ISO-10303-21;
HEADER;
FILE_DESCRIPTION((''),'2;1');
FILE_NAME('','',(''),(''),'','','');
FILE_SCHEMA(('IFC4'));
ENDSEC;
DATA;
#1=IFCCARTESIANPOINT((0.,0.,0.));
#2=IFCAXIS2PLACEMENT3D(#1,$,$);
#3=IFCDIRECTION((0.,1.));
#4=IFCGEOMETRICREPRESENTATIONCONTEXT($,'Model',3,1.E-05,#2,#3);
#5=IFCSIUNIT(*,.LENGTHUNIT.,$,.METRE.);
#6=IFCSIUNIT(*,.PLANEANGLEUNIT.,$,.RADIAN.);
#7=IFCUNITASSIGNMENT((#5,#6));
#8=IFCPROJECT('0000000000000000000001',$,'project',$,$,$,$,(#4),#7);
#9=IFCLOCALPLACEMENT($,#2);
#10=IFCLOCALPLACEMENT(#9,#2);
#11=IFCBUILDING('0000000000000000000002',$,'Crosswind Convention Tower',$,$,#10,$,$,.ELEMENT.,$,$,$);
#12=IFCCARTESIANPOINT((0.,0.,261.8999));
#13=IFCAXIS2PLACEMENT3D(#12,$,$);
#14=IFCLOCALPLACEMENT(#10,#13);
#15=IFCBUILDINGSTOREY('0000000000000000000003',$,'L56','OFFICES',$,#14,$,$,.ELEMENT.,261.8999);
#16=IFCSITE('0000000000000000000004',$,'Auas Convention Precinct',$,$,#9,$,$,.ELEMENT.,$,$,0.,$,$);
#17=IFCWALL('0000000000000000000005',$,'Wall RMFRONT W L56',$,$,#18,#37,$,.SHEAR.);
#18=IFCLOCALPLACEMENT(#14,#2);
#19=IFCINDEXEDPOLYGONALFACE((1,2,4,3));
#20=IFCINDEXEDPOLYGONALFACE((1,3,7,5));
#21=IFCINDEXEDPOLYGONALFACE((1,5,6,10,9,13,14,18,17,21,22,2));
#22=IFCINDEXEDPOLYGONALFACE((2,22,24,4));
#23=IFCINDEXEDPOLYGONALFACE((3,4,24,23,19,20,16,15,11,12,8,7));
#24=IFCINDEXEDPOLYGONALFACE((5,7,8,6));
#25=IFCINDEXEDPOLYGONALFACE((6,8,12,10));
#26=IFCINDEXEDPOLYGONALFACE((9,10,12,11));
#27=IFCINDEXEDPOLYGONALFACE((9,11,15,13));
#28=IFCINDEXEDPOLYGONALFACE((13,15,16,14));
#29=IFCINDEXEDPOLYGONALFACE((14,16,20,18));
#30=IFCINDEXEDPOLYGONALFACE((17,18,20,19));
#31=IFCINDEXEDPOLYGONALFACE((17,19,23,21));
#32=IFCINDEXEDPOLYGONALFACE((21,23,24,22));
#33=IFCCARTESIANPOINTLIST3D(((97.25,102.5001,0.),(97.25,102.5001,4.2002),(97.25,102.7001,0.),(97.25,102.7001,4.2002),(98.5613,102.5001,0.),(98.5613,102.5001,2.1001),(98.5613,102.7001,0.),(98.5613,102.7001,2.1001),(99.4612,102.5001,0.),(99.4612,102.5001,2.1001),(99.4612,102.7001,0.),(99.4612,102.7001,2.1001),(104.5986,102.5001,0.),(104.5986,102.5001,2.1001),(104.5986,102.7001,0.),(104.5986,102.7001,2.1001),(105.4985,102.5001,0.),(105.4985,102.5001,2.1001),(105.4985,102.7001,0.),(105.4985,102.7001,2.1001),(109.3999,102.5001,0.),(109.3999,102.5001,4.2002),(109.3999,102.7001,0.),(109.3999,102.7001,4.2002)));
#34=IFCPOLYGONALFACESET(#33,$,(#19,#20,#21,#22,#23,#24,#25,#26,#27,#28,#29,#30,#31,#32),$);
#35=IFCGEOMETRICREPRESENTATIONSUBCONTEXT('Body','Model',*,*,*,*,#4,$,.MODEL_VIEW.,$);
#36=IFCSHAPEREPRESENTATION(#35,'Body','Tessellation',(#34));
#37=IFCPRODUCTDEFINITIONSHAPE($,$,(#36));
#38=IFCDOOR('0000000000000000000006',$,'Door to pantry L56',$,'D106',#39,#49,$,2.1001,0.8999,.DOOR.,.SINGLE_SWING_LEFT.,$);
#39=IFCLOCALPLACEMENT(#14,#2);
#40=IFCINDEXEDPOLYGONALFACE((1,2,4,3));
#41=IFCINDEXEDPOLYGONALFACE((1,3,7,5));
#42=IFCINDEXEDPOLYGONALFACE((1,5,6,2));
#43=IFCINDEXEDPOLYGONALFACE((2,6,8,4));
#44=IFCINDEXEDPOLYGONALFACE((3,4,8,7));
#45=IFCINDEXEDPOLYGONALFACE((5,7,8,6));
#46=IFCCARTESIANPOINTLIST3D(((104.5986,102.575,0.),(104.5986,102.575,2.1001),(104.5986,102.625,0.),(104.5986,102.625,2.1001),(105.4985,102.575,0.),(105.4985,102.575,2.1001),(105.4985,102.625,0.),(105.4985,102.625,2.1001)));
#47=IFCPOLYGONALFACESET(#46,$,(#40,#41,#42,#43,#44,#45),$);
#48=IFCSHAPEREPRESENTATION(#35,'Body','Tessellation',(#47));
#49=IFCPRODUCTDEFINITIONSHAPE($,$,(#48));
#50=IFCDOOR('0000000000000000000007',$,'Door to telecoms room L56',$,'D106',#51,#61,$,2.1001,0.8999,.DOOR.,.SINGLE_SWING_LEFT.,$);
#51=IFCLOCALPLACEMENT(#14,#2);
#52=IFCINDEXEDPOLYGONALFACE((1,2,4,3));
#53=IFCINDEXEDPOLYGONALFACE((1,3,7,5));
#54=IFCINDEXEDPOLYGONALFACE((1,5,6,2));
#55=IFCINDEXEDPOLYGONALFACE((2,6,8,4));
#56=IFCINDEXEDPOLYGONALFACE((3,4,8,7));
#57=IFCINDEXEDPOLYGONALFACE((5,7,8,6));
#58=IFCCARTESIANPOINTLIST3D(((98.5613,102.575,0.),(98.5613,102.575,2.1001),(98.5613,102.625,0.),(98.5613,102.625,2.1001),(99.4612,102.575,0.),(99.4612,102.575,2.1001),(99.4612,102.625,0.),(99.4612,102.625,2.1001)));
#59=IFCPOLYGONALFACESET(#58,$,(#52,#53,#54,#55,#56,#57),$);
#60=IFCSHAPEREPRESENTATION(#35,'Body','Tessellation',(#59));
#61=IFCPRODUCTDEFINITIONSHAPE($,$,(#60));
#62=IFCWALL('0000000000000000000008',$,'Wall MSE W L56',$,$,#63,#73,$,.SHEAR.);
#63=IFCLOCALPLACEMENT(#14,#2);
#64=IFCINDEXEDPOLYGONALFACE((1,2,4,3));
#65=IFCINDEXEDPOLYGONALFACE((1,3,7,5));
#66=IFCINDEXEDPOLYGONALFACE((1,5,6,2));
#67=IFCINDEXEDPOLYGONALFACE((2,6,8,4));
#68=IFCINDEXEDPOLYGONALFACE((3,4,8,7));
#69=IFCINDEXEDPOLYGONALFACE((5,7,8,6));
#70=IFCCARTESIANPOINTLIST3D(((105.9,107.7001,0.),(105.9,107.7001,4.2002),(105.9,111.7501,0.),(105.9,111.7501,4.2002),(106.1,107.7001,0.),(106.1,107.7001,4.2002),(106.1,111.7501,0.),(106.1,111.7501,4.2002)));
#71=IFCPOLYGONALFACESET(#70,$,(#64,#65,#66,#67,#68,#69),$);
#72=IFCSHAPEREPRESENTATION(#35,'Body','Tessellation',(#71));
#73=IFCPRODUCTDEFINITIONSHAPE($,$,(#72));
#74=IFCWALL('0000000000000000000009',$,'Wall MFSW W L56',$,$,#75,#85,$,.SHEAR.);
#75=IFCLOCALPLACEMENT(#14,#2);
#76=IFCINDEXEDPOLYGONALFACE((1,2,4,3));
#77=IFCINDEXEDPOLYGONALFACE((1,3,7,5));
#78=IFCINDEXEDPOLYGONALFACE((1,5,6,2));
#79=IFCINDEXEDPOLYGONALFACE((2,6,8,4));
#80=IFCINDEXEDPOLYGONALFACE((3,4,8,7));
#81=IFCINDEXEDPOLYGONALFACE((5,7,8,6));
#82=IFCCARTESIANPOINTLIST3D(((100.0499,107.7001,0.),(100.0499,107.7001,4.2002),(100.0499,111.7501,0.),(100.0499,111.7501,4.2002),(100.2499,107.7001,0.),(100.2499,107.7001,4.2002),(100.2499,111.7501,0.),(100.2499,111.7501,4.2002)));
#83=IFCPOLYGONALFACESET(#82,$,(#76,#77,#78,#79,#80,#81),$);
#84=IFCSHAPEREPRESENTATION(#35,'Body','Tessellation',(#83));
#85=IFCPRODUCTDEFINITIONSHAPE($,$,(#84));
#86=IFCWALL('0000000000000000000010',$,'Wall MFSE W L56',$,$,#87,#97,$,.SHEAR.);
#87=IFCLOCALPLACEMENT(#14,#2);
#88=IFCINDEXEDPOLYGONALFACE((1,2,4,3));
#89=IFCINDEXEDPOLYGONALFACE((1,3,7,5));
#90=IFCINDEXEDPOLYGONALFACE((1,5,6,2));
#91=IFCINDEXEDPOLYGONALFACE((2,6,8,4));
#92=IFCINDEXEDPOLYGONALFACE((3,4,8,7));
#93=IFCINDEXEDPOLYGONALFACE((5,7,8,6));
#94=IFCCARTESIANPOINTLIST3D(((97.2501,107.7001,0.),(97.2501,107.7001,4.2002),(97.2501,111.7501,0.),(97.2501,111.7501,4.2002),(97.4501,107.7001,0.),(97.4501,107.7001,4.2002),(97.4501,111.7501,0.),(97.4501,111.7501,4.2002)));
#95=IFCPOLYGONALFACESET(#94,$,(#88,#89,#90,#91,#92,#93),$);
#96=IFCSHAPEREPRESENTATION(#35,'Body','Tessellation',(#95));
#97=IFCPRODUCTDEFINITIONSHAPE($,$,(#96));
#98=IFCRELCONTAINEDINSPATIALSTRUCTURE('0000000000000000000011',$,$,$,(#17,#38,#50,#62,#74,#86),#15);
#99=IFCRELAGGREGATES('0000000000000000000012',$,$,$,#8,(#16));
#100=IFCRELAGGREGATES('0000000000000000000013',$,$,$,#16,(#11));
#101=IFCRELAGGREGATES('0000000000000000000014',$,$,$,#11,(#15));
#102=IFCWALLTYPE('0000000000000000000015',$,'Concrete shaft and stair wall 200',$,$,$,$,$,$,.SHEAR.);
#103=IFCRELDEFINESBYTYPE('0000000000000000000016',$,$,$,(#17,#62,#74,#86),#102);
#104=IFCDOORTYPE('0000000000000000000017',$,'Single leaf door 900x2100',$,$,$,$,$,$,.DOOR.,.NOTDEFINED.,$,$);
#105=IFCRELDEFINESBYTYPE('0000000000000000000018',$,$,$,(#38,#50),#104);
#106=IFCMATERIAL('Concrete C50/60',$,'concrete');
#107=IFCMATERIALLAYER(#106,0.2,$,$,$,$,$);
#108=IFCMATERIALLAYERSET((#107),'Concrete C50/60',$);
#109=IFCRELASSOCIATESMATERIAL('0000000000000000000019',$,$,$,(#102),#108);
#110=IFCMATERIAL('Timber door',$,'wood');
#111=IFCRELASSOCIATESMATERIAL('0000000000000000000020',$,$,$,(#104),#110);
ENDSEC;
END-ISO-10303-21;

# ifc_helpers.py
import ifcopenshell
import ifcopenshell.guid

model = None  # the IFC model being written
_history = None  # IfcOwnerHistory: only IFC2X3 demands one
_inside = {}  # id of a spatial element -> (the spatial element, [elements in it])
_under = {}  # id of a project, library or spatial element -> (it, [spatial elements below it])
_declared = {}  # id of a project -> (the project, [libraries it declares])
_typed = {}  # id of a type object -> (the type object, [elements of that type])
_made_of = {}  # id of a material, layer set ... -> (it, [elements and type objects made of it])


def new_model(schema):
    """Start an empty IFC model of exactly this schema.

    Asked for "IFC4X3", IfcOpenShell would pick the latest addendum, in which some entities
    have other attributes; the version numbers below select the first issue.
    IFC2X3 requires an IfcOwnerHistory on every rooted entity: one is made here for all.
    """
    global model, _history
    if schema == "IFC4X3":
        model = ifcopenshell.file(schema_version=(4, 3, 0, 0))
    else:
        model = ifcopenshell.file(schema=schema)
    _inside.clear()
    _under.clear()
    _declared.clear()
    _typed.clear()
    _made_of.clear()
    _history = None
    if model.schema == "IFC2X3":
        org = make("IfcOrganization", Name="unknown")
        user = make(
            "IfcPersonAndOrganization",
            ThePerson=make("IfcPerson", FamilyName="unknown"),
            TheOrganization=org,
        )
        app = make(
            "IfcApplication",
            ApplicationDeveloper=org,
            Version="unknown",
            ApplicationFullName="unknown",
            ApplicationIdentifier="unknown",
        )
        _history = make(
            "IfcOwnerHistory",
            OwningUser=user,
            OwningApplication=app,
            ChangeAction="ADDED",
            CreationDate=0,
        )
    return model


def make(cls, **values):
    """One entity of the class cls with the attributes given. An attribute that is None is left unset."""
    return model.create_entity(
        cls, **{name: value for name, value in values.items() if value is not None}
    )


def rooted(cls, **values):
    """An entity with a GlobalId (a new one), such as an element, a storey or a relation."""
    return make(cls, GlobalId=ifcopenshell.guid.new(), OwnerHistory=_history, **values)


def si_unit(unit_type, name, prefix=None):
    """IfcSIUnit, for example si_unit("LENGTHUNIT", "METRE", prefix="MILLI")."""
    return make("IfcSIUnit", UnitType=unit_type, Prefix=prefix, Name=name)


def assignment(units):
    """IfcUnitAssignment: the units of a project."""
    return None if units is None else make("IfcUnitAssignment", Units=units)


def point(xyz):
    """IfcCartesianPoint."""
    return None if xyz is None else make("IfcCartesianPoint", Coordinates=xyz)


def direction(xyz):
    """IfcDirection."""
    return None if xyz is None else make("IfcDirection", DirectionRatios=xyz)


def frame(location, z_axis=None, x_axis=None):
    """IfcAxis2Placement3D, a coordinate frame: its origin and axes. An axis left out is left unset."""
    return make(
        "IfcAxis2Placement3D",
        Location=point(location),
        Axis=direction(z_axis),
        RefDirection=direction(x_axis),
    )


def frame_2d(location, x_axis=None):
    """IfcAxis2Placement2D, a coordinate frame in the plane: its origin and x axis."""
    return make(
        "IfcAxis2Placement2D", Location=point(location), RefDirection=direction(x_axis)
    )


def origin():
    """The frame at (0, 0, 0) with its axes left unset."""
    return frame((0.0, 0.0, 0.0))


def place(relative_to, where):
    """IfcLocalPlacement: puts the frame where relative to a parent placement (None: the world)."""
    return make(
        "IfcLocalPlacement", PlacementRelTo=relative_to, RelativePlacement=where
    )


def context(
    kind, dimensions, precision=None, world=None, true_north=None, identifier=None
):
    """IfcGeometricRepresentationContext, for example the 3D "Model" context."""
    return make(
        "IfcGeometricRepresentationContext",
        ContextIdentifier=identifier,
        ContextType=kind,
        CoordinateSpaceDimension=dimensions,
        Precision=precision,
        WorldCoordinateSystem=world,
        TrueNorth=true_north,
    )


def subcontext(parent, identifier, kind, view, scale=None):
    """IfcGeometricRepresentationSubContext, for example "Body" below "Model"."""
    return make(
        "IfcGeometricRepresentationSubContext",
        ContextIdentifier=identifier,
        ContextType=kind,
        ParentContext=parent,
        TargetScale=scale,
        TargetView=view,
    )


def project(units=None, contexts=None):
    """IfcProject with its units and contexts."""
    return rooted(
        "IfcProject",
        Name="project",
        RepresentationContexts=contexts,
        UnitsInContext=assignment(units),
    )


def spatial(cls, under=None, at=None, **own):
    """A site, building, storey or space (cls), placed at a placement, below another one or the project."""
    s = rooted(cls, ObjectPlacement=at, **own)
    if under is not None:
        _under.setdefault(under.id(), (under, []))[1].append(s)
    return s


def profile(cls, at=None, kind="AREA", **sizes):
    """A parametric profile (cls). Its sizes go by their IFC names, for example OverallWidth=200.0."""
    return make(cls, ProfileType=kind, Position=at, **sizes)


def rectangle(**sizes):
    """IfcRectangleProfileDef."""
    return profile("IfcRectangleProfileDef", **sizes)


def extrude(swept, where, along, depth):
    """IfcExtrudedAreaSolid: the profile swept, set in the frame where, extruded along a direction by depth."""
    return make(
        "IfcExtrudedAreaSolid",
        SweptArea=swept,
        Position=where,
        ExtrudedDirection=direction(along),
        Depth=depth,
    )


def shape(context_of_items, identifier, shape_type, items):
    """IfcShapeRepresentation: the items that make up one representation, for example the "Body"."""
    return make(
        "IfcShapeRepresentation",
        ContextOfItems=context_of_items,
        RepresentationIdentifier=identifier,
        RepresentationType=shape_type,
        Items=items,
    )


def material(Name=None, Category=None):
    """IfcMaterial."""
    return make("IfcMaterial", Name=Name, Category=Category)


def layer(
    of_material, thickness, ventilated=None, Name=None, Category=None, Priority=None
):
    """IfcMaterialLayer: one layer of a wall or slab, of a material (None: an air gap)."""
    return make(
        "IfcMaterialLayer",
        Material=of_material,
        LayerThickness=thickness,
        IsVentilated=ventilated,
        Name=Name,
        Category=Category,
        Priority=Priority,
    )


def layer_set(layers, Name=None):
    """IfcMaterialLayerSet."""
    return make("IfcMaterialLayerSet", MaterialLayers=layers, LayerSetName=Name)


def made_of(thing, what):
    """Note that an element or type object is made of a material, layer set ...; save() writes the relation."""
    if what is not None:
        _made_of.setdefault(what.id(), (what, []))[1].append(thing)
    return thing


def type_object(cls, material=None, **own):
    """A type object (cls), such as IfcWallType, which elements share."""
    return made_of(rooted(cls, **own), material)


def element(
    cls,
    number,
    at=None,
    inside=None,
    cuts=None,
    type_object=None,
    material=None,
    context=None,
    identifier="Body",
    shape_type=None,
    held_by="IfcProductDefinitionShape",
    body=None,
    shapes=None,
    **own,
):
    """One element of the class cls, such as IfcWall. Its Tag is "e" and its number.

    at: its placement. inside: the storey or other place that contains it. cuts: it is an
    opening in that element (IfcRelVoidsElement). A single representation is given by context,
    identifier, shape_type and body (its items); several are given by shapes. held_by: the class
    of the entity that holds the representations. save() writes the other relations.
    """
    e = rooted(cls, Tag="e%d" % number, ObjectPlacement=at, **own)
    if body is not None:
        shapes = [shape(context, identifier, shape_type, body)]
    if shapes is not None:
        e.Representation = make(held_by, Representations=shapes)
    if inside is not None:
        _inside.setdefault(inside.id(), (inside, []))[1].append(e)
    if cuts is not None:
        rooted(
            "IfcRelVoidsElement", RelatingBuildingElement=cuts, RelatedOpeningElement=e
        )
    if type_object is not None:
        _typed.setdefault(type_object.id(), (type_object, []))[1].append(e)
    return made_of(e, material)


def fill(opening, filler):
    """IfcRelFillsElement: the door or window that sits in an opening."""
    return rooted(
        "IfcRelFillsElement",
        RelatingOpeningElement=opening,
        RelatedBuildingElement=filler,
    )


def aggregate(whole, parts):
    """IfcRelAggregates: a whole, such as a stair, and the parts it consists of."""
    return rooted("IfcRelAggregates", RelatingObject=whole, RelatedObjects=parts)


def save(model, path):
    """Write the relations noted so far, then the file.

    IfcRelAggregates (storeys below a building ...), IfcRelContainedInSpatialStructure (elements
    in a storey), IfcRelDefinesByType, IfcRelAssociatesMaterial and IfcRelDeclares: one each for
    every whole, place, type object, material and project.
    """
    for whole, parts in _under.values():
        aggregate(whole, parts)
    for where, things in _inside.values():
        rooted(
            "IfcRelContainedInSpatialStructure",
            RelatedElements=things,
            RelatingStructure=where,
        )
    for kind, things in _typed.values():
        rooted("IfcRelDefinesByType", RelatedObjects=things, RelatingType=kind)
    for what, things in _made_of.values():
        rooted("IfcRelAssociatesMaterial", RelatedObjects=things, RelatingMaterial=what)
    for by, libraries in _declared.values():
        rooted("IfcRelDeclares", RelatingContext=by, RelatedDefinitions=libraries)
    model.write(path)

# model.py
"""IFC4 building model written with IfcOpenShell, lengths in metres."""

from ifc_helpers import new_model, si_unit, direction, frame, frame_2d, origin, place, context, subcontext, project, spatial, rectangle, extrude, material, layer, layer_set, type_object, element, fill, save


model = new_model("IFC4")

# Units and contexts
model_context = context("Model", 3, precision=1e-05, world=origin(), true_north=direction((0.0, 1.0)))
body_context = subcontext(model_context, "Body", "Model", "MODEL_VIEW")
ifc_project = project(units=[si_unit("LENGTHUNIT", "METRE"), si_unit("PLANEANGLEUNIT", "RADIAN")], contexts=[model_context])

# Site, building, storey
site_placement = place(None, origin())
site = spatial("IfcSite", under=ifc_project, at=site_placement, Name="Auas Convention Precinct", CompositionType="ELEMENT", RefElevation=0.0)
building_placement = place(site_placement, origin())
building = spatial("IfcBuilding", under=site, at=building_placement, Name="Crosswind Convention Tower", CompositionType="ELEMENT")
storey_placement = place(building_placement, frame((0.0, 0.0, 261.8999)))
storey = spatial("IfcBuildingStorey", under=building, at=storey_placement, Name="L56", Description="OFFICES", CompositionType="ELEMENT", Elevation=261.8999)

# Shared definitions
ifc_material_1 = material(Name="Concrete C50/60", Category="concrete")
ifc_layer_1 = layer(ifc_material_1, 0.2)
ifc_layer_set_1 = layer_set([ifc_layer_1], Name="Concrete C50/60")
wall_type_1 = type_object("IfcWallType", Name="Concrete shaft and stair wall 200", PredefinedType="SHEAR", material=ifc_layer_set_1)

# Wall, openings, doors
wall_1_placement = place(storey_placement, frame((109.3999, 102.6001, 0.0), z_axis=(0.0, 0.0, 1.0), x_axis=(-1.0, 0.0, 0.0)))
wall_1 = element("IfcWall", 1, at=wall_1_placement, inside=storey, type_object=wall_type_1, Name="Wall RMFRONT W L56", PredefinedType="SHEAR", context=body_context, shape_type="SweptSolid", body=[
    extrude(rectangle(XDim=12.1499, YDim=0.2, at=frame_2d((6.075, 0.0))), origin(), (0.0, 0.0, 1.0), 4.2002),
])
opening_1_placement = place(wall_1_placement, frame((3.9014, 0.0, 0.0)))
opening_1 = element("IfcOpeningElement", 2, at=opening_1_placement, cuts=wall_1, PredefinedType="OPENING", context=body_context, shape_type="SweptSolid", body=[
    extrude(rectangle(XDim=0.8999, YDim=2.1001, at=frame_2d((0.45, 1.05))), frame((0.0, 0.1099, 0.0), z_axis=(0.0, -1.0, 0.0), x_axis=(1.0, 0.0, 0.0)), (0.0, 0.0, 1.0), 0.22),
])
opening_2_placement = place(wall_1_placement, frame((9.9387, 0.0, 0.0)))
opening_2 = element("IfcOpeningElement", 3, at=opening_2_placement, cuts=wall_1, PredefinedType="OPENING", context=body_context, shape_type="SweptSolid", body=[
    extrude(rectangle(XDim=0.8999, YDim=2.1001, at=frame_2d((0.45, 1.05))), frame((0.0, 0.1099, 0.0), z_axis=(0.0, -1.0, 0.0), x_axis=(1.0, 0.0, 0.0)), (0.0, 0.0, 1.0), 0.22),
])
ifc_material_2 = material(Name="Timber door", Category="wood")
door_type_1 = type_object("IfcDoorType", Name="Single leaf door 900x2100", OperationType="NOTDEFINED", PredefinedType="DOOR", material=ifc_material_2)
door_1_placement = place(opening_1_placement, frame((0.8999, 0.0, 0.0), z_axis=(0.0, 0.0, 1.0), x_axis=(-1.0, 0.0, 0.0)))
door_1 = element("IfcDoor", 4, at=door_1_placement, inside=storey, type_object=door_type_1, Name="Door to pantry L56", ObjectType="D106", OperationType="SINGLE_SWING_LEFT", OverallHeight=2.1001, OverallWidth=0.8999, PredefinedType="DOOR", context=body_context, shape_type="SweptSolid", body=[
    extrude(rectangle(XDim=0.8999, YDim=2.1001, at=frame_2d((0.45, 1.05))), frame((0.0, 0.0249, 0.0), z_axis=(0.0, -1.0, 0.0), x_axis=(1.0, 0.0, 0.0)), (0.0, 0.0, 1.0), 0.05),
])
fill(opening_1, door_1)
door_2_placement = place(opening_2_placement, frame((0.8999, 0.0, 0.0), z_axis=(0.0, 0.0, 1.0), x_axis=(-1.0, 0.0, 0.0)))
door_2 = element("IfcDoor", 5, at=door_2_placement, inside=storey, type_object=door_type_1, Name="Door to telecoms room L56", ObjectType="D106", OperationType="SINGLE_SWING_LEFT", OverallHeight=2.1001, OverallWidth=0.8999, PredefinedType="DOOR", context=body_context, shape_type="SweptSolid", body=[
    extrude(rectangle(XDim=0.8999, YDim=2.1001, at=frame_2d((0.45, 1.05))), frame((0.0, 0.0249, 0.0), z_axis=(0.0, -1.0, 0.0), x_axis=(1.0, 0.0, 0.0)), (0.0, 0.0, 1.0), 0.05),
])
fill(opening_2, door_2)

# Walls
for number, where, z_axis, x_axis, name in (
    (6, (106.0, 111.75, 0.0), (0.0, 0.0, 1.0), (0.0, -1.0, 0.0), "Wall MSE W L56"),
    (7, (100.1499, 111.75, 0.0), (0.0, 0.0, 1.0), (0.0, -1.0, 0.0), "Wall MFSW W L56"),
    (8, (97.3501, 111.75, 0.0), (0.0, 0.0, 1.0), (0.0, -1.0, 0.0), "Wall MFSE W L56"),
):
    element("IfcWall", number, at=place(storey_placement, frame(where, z_axis=z_axis, x_axis=x_axis)), inside=storey, type_object=wall_type_1, Name=name, PredefinedType="SHEAR", context=body_context, shape_type="SweptSolid", body=[
        extrude(rectangle(XDim=4.05, YDim=0.2, at=frame_2d((2.0249, 0.0))), origin(), (0.0, 0.0, 1.0), 4.2002),
    ])

save(model, "model.ifc")
